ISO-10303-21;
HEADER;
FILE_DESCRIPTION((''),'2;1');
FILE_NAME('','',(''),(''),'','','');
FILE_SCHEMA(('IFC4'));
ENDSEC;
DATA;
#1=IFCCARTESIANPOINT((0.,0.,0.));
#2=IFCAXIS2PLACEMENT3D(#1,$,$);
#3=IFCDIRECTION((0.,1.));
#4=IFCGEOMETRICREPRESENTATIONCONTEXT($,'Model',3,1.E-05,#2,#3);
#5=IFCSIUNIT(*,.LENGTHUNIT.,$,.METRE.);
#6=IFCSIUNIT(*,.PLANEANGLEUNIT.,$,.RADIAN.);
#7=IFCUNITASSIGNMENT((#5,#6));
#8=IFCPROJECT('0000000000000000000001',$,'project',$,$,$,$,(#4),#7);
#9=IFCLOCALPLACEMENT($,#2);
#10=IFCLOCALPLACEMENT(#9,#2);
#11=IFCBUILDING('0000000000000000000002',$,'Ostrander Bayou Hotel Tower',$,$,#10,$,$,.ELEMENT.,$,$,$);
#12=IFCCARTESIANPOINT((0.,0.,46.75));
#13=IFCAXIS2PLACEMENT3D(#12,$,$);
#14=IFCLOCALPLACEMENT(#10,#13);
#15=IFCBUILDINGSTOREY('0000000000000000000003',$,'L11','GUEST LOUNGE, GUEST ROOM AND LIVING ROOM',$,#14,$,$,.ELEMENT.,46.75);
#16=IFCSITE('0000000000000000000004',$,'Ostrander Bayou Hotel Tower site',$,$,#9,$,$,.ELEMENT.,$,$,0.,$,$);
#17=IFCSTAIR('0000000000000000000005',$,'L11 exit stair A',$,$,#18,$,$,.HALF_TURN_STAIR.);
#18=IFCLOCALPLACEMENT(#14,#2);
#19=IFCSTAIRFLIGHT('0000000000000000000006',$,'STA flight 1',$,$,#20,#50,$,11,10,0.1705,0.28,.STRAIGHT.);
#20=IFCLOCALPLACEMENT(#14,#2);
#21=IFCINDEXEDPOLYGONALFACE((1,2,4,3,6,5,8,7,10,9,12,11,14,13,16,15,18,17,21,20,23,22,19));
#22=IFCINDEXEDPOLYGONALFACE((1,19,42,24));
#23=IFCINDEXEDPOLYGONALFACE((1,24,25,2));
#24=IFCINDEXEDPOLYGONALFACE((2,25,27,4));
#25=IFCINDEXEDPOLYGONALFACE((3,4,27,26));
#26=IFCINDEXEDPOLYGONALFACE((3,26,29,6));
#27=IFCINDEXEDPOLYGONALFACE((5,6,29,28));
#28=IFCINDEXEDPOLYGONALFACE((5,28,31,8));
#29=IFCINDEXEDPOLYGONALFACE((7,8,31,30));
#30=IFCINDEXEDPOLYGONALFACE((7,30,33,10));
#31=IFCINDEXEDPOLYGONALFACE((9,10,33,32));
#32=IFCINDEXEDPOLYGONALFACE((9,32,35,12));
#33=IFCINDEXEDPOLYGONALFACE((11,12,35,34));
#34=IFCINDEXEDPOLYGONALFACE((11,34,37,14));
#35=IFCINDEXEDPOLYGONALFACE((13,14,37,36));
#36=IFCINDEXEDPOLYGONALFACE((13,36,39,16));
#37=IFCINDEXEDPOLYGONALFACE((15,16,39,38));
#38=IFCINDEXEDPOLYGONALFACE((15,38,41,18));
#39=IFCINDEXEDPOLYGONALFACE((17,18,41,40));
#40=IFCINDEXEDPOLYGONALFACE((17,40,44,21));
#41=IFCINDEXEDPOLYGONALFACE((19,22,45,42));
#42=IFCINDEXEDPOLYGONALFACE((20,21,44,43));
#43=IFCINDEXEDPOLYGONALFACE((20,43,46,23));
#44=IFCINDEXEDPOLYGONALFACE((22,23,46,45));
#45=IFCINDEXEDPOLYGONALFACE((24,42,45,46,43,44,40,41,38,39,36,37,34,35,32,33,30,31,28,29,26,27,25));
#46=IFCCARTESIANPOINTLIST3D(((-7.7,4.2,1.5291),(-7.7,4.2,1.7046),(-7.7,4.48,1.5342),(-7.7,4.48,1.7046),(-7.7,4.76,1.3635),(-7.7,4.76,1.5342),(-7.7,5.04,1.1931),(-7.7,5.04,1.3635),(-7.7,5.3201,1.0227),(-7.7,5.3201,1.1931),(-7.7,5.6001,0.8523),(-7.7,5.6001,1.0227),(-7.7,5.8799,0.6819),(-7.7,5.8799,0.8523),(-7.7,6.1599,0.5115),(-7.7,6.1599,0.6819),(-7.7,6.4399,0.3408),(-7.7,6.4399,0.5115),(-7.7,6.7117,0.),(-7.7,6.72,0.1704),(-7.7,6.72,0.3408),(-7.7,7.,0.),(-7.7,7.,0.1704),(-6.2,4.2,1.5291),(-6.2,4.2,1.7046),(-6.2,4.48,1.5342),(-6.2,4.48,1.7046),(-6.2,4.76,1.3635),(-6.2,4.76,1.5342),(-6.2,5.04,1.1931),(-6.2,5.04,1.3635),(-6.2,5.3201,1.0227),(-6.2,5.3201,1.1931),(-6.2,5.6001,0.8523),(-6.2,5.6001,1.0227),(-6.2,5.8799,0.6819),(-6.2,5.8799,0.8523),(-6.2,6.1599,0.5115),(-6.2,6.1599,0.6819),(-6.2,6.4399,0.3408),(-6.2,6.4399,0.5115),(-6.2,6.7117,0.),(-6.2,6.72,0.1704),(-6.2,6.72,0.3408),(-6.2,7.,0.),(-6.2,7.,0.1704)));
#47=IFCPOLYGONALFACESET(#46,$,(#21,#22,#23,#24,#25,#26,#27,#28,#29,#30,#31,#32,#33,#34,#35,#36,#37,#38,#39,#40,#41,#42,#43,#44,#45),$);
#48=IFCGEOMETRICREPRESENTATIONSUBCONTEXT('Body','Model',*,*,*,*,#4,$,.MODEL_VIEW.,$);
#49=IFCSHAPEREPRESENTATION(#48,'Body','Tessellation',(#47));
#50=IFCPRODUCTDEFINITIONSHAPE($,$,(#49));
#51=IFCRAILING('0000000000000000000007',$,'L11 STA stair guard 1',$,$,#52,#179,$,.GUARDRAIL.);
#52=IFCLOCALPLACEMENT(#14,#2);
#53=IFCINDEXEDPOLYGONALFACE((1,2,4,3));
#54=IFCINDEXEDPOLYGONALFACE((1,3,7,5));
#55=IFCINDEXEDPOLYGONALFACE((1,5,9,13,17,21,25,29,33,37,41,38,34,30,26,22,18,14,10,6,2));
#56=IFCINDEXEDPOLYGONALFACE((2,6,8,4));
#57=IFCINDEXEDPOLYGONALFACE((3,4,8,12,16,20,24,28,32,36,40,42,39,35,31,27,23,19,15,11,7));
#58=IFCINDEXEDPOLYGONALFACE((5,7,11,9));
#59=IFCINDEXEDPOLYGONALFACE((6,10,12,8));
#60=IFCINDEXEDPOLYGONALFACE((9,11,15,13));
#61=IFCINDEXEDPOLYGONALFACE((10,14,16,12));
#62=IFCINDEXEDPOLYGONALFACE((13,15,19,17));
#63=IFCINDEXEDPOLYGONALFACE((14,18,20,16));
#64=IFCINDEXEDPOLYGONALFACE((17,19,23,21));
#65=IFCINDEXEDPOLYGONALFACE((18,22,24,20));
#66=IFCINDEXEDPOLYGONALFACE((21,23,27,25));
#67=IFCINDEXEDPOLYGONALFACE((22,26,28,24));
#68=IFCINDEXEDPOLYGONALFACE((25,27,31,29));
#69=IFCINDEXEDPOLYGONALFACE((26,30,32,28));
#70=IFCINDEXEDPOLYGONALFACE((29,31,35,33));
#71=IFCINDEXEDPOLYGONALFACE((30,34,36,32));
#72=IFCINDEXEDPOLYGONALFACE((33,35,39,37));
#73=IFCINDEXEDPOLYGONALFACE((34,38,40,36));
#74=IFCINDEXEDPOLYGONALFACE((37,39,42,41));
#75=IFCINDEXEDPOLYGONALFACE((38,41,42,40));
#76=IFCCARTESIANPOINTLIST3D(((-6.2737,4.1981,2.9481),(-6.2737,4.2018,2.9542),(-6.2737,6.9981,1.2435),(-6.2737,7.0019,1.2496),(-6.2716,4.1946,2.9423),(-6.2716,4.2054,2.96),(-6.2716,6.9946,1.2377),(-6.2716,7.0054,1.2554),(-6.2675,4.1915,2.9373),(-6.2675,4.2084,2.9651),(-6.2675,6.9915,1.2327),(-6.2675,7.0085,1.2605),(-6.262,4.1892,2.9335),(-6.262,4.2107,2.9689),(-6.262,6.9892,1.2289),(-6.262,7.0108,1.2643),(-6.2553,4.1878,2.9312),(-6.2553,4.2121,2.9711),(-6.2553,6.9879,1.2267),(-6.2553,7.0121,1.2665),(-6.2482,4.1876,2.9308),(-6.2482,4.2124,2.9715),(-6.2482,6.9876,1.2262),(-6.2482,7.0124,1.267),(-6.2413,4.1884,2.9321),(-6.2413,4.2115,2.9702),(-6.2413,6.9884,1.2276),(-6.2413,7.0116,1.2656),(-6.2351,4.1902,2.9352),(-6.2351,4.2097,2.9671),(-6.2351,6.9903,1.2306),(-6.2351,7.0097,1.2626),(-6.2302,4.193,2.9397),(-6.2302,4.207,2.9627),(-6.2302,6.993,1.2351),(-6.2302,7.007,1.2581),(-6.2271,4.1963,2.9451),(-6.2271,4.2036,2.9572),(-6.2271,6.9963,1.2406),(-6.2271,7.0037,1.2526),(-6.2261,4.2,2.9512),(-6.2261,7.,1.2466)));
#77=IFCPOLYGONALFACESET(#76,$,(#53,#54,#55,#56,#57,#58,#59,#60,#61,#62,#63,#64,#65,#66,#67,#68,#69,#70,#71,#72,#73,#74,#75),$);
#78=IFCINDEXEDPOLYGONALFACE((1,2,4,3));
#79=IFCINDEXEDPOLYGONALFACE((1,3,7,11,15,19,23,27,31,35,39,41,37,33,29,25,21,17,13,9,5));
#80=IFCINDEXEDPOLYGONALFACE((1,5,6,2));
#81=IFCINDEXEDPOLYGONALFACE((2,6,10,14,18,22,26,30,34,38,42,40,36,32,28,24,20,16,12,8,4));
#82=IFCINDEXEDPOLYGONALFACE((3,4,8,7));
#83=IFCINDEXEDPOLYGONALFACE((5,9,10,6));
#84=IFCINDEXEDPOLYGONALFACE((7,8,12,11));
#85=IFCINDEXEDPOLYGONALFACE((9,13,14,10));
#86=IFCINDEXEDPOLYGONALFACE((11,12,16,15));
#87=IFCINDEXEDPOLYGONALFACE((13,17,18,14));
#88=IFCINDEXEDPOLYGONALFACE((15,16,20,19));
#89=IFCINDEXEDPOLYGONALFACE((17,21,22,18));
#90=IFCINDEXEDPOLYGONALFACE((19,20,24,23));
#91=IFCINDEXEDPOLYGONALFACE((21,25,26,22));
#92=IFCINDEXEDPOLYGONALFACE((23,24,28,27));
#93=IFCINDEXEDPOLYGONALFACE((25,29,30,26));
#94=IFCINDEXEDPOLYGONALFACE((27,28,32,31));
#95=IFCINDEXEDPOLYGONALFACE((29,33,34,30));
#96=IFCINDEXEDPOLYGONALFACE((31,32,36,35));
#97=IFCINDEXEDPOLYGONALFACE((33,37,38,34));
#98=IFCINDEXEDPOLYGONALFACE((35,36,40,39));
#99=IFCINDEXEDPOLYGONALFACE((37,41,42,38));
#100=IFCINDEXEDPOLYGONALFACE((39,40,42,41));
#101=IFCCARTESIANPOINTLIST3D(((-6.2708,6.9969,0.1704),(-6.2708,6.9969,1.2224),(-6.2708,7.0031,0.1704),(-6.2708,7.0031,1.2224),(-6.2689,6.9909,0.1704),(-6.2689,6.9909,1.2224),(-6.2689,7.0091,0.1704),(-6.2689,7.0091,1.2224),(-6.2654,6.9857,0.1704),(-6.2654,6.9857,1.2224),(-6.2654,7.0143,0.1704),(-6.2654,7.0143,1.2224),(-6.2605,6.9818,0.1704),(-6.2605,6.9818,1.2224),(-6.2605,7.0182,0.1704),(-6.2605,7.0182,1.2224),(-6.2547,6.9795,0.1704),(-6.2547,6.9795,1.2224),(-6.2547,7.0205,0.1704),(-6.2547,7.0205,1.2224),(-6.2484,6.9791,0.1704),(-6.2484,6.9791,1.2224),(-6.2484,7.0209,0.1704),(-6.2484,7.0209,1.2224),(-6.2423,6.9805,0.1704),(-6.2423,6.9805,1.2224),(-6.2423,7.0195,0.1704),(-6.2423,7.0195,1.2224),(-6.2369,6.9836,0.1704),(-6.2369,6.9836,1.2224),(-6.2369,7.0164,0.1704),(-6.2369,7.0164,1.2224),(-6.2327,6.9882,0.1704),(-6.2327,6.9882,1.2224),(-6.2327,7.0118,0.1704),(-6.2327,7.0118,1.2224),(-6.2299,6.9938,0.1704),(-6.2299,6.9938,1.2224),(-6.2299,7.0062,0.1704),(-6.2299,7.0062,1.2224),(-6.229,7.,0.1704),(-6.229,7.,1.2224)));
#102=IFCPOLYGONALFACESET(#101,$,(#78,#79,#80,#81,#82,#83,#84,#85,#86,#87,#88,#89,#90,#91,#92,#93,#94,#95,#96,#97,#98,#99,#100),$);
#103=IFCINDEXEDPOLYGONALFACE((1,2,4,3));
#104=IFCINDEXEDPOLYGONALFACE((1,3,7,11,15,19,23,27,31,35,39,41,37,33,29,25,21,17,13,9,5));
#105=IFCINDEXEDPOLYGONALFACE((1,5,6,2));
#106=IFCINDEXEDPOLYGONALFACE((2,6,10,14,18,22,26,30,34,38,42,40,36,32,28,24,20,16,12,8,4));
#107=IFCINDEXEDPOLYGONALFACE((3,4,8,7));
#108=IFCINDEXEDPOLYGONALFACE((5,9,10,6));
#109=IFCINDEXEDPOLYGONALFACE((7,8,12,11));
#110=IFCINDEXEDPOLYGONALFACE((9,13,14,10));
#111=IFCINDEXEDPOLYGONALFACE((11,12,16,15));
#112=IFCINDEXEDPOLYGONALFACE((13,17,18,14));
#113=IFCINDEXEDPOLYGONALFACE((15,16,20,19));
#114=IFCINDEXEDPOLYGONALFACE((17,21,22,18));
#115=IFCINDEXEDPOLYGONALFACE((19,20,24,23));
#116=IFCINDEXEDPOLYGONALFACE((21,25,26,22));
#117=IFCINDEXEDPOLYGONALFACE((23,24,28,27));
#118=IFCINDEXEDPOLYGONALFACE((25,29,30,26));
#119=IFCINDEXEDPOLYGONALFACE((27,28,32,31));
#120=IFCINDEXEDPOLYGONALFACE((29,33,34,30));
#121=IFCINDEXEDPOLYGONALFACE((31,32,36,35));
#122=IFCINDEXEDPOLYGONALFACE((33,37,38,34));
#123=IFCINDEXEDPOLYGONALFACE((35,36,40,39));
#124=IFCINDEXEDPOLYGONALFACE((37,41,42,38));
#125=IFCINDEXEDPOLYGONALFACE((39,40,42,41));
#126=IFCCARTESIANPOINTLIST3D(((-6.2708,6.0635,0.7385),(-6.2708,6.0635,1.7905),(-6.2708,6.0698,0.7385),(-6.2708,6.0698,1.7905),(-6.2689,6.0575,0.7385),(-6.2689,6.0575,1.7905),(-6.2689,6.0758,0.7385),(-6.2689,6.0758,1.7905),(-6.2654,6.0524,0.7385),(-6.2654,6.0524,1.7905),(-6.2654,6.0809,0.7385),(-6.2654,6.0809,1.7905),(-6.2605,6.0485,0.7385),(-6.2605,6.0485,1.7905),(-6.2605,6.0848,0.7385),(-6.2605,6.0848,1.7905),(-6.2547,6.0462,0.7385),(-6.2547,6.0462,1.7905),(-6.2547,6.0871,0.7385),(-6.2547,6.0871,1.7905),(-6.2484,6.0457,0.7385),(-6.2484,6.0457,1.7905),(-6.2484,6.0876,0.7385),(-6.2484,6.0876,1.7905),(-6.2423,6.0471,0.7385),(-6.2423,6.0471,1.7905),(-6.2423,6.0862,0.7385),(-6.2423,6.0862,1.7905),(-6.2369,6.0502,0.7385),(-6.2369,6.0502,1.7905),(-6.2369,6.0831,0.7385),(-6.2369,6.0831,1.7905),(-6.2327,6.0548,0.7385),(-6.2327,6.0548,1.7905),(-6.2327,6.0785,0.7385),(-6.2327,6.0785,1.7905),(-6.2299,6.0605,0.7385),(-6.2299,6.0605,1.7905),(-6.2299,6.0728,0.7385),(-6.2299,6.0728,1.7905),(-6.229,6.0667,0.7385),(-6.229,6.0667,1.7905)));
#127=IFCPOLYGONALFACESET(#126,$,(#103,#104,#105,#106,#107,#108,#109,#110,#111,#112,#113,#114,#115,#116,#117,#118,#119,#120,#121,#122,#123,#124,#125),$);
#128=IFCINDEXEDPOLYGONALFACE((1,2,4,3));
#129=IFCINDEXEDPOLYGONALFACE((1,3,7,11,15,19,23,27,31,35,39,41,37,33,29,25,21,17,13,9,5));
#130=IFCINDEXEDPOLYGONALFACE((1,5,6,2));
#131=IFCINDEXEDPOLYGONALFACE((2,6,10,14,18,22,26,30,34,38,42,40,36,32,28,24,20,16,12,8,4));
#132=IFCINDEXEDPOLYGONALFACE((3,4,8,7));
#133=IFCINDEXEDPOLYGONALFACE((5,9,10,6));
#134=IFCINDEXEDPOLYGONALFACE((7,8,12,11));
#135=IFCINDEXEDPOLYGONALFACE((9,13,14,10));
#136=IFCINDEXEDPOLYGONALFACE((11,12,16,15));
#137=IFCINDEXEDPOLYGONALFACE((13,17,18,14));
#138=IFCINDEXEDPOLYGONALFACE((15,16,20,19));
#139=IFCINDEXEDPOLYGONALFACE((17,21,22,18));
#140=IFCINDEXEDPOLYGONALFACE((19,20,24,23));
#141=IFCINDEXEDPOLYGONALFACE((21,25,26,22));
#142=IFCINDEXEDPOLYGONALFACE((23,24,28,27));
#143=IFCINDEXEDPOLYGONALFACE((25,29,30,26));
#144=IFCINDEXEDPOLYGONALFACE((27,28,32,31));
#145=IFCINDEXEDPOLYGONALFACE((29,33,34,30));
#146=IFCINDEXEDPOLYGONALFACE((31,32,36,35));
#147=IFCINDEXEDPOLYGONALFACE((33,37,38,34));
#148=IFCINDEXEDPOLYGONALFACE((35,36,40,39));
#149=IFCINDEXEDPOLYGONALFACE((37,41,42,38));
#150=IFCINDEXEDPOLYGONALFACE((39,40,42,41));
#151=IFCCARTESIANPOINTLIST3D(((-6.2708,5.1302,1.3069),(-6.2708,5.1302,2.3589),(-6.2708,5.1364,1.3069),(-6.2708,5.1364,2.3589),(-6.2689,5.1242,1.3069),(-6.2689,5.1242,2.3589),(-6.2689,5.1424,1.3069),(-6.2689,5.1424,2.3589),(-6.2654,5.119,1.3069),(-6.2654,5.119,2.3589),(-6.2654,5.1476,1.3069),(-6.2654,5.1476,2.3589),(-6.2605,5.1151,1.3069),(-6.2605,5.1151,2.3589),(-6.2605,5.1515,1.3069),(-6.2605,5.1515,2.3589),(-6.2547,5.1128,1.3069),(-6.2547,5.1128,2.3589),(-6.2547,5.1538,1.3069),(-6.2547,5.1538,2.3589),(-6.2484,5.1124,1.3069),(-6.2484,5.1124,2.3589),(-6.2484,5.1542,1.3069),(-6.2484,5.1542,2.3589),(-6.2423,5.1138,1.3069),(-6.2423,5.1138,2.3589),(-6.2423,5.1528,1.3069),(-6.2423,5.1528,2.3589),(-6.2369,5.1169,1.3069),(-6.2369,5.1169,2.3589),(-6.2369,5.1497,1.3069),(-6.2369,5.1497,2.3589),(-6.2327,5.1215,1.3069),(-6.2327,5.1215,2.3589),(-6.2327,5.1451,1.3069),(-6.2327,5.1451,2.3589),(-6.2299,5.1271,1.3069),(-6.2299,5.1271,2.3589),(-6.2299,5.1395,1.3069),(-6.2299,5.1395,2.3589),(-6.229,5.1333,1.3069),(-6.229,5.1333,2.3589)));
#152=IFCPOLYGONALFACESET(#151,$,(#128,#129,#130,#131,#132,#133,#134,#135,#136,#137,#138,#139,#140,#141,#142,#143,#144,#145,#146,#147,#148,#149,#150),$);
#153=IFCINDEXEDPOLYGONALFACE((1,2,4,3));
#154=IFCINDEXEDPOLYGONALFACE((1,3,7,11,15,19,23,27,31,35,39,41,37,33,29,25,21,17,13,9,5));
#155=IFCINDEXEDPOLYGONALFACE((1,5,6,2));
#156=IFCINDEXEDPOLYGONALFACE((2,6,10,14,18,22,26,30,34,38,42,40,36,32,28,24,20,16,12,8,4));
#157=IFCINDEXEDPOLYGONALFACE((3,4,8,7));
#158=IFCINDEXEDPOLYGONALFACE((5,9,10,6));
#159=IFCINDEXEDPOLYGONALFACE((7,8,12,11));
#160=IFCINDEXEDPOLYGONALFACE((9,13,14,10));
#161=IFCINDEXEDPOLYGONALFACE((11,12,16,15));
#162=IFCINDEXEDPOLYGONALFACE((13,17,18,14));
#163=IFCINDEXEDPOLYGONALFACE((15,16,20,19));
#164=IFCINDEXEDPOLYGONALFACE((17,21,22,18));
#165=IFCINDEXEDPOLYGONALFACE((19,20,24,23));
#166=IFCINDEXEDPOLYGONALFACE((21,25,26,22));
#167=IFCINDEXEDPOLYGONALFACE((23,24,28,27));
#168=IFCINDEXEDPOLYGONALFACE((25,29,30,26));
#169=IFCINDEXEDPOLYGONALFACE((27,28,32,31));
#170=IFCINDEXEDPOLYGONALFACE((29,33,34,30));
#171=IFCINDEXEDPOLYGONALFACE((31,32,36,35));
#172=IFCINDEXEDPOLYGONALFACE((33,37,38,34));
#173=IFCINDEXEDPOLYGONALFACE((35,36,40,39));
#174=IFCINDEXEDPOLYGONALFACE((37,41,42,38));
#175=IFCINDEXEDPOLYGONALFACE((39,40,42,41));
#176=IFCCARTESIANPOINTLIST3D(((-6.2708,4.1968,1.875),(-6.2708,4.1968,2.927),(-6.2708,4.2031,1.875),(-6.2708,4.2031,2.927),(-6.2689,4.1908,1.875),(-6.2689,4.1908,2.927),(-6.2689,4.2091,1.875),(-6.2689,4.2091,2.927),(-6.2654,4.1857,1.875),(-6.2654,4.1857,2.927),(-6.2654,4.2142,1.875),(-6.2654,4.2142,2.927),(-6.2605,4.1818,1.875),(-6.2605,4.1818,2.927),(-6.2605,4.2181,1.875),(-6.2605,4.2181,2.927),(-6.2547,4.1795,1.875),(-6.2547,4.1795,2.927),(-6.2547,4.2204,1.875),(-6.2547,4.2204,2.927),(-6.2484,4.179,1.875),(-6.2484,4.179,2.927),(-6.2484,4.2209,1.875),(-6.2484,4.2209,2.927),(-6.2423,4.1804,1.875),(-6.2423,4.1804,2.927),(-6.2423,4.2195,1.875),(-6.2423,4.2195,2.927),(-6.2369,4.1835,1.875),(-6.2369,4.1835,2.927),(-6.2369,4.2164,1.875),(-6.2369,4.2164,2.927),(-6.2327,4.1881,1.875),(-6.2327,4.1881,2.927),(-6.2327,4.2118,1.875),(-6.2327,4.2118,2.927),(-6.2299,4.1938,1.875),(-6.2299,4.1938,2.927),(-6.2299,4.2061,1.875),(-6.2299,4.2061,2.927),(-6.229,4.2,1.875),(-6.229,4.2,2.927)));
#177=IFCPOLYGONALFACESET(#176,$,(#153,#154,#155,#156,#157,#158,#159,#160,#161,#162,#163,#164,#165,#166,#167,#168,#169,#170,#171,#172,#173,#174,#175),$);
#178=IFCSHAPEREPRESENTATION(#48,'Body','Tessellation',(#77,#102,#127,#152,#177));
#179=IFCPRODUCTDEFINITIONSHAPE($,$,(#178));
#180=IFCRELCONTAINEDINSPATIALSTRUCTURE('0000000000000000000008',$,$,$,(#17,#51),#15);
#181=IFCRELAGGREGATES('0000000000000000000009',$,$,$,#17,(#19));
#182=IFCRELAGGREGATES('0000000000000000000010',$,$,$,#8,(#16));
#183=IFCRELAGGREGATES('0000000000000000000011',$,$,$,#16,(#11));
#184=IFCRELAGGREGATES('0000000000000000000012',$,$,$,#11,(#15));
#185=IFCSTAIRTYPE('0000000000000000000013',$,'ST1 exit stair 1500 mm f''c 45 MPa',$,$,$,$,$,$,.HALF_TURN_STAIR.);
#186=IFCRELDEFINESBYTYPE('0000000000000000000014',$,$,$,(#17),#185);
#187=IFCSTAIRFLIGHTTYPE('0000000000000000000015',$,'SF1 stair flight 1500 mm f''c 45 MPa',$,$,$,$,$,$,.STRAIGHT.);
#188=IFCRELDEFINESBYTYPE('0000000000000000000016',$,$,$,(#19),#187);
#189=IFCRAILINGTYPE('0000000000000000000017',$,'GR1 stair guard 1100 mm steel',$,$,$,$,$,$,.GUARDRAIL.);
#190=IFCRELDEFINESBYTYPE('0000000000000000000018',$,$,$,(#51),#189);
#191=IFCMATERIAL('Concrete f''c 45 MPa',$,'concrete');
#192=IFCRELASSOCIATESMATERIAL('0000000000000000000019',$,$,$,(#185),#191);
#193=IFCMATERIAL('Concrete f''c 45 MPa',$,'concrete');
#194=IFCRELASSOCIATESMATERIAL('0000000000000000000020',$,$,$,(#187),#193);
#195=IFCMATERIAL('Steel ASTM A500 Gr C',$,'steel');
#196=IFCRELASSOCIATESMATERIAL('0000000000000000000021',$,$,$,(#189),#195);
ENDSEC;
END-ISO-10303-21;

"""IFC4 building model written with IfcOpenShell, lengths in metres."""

from ifc_helpers import new_model, si_unit, direction, frame, origin, origin_2d, place, context, subcontext, project, spatial, polyline, circle, outline, extrude, material, type_object, element, aggregate, save


model = new_model("IFC4")

# Units and contexts
model_context = context("Model", 3, precision=1e-05, world=origin(), true_north=direction((0.0, 1.0)))
body_context = subcontext(model_context, "Body", "Model", "MODEL_VIEW")
ifc_project = project(units=[si_unit("LENGTHUNIT", "METRE"), si_unit("PLANEANGLEUNIT", "RADIAN")], contexts=[model_context])

# Site, building, storey
site_placement = place(None, origin())
site = spatial("IfcSite", under=ifc_project, at=site_placement, Name="Ostrander Bayou Hotel Tower site", CompositionType="ELEMENT", RefElevation=0.0)
building_placement = place(site_placement, origin())
building = spatial("IfcBuilding", under=site, at=building_placement, Name="Ostrander Bayou Hotel Tower", CompositionType="ELEMENT")
storey_placement = place(building_placement, frame((0.0, 0.0, 46.75)))
storey = spatial("IfcBuildingStorey", under=building, at=storey_placement, Name="L11", Description="GUEST LOUNGE, GUEST ROOM AND LIVING ROOM", CompositionType="ELEMENT", Elevation=46.75)

# Stair, stair flight
ifc_material_1 = material(Name="Concrete f'c 45 MPa", Category="concrete")
stair_type = type_object("IfcStairType", Name="ST1 exit stair 1500 mm f'c 45 MPa", PredefinedType="HALF_TURN_STAIR", material=ifc_material_1)
stair_placement = place(storey_placement, origin())
stair = element("IfcStair", 1, at=stair_placement, inside=storey, type_object=stair_type, Name="L11 exit stair A", PredefinedType="HALF_TURN_STAIR")
ifc_material_2 = material(Name="Concrete f'c 45 MPa", Category="concrete")
stair_flight_type = type_object("IfcStairFlightType", Name="SF1 stair flight 1500 mm f'c 45 MPa", PredefinedType="STRAIGHT", material=ifc_material_2)
stair_flight_placement = place(storey_placement, frame((-6.95, 7.0, 0.0), z_axis=(0.0, 0.0, 1.0), x_axis=(0.0, -1.0, 0.0)))
stair_flight = element("IfcStairFlight", 2, at=stair_flight_placement, type_object=stair_flight_type, Name="STA flight 1", NumberOfRisers=11, NumberOfTreads=10, PredefinedType="STRAIGHT", RiserHeight=0.1705, TreadLength=0.28, context=body_context, shape_type="SweptSolid", body=[
    extrude(outline(polyline([(0.0, 0.0), (0.0, 0.1704), (0.28, 0.1704), (0.28, 0.3408), (0.5601, 0.3408), (0.5601, 0.5115), (0.8401, 0.5115), (0.8401, 0.6819), (1.1201, 0.6819), (1.1201, 0.8523), (1.3999, 0.8523), (1.3999, 1.0227), (1.6799, 1.0227), (1.6799, 1.1931), (1.96, 1.1931), (1.96, 1.3635), (2.24, 1.3635), (2.24, 1.5342), (2.52, 1.5342), (2.52, 1.7046), (2.8, 1.7046), (2.8, 1.875), (2.8, 1.5291), (0.2883, 0.0), (0.0, 0.0)])), frame((0.0, 0.75, 0.0), z_axis=(0.0, -1.0, 0.0), x_axis=(1.0, 0.0, 0.0)), (0.0, 0.0, 1.0), 1.5),
])
aggregate(stair, [stair_flight])

# Railing
ifc_material_3 = material(Name="Steel ASTM A500 Gr C", Category="steel")
railing_type = type_object("IfcRailingType", Name="GR1 stair guard 1100 mm steel", PredefinedType="GUARDRAIL", material=ifc_material_3)
railing_1_placement = place(storey_placement, frame((-6.25, 7.0, 0.1704)))
element("IfcRailing", 3, at=railing_1_placement, inside=storey, type_object=railing_type, Name="L11 STA stair guard 1", PredefinedType="GUARDRAIL", context=body_context, shape_type="SweptSolid", body=[
    extrude(circle(Radius=0.0239, at=origin_2d()), frame((0.0, 0.0, 1.0762), z_axis=(0.0, -0.85417, 0.519994), x_axis=(1.0, 0.0, 0.0)), (0.0, 0.0, 1.0), 3.2781),
    extrude(circle(Radius=0.021, at=origin_2d()), origin(), (0.0, 0.0, 1.0), 1.052),
    extrude(circle(Radius=0.021, at=origin_2d()), frame((0.0, -0.9333, 0.5681)), (0.0, 0.0, 1.0), 1.052),
    extrude(circle(Radius=0.021, at=origin_2d()), frame((0.0, -1.8667, 1.1365)), (0.0, 0.0, 1.0), 1.052),
    extrude(circle(Radius=0.021, at=origin_2d()), frame((0.0, -2.8, 1.7046)), (0.0, 0.0, 1.0), 1.052),
])

save(model, "model.ifc")
